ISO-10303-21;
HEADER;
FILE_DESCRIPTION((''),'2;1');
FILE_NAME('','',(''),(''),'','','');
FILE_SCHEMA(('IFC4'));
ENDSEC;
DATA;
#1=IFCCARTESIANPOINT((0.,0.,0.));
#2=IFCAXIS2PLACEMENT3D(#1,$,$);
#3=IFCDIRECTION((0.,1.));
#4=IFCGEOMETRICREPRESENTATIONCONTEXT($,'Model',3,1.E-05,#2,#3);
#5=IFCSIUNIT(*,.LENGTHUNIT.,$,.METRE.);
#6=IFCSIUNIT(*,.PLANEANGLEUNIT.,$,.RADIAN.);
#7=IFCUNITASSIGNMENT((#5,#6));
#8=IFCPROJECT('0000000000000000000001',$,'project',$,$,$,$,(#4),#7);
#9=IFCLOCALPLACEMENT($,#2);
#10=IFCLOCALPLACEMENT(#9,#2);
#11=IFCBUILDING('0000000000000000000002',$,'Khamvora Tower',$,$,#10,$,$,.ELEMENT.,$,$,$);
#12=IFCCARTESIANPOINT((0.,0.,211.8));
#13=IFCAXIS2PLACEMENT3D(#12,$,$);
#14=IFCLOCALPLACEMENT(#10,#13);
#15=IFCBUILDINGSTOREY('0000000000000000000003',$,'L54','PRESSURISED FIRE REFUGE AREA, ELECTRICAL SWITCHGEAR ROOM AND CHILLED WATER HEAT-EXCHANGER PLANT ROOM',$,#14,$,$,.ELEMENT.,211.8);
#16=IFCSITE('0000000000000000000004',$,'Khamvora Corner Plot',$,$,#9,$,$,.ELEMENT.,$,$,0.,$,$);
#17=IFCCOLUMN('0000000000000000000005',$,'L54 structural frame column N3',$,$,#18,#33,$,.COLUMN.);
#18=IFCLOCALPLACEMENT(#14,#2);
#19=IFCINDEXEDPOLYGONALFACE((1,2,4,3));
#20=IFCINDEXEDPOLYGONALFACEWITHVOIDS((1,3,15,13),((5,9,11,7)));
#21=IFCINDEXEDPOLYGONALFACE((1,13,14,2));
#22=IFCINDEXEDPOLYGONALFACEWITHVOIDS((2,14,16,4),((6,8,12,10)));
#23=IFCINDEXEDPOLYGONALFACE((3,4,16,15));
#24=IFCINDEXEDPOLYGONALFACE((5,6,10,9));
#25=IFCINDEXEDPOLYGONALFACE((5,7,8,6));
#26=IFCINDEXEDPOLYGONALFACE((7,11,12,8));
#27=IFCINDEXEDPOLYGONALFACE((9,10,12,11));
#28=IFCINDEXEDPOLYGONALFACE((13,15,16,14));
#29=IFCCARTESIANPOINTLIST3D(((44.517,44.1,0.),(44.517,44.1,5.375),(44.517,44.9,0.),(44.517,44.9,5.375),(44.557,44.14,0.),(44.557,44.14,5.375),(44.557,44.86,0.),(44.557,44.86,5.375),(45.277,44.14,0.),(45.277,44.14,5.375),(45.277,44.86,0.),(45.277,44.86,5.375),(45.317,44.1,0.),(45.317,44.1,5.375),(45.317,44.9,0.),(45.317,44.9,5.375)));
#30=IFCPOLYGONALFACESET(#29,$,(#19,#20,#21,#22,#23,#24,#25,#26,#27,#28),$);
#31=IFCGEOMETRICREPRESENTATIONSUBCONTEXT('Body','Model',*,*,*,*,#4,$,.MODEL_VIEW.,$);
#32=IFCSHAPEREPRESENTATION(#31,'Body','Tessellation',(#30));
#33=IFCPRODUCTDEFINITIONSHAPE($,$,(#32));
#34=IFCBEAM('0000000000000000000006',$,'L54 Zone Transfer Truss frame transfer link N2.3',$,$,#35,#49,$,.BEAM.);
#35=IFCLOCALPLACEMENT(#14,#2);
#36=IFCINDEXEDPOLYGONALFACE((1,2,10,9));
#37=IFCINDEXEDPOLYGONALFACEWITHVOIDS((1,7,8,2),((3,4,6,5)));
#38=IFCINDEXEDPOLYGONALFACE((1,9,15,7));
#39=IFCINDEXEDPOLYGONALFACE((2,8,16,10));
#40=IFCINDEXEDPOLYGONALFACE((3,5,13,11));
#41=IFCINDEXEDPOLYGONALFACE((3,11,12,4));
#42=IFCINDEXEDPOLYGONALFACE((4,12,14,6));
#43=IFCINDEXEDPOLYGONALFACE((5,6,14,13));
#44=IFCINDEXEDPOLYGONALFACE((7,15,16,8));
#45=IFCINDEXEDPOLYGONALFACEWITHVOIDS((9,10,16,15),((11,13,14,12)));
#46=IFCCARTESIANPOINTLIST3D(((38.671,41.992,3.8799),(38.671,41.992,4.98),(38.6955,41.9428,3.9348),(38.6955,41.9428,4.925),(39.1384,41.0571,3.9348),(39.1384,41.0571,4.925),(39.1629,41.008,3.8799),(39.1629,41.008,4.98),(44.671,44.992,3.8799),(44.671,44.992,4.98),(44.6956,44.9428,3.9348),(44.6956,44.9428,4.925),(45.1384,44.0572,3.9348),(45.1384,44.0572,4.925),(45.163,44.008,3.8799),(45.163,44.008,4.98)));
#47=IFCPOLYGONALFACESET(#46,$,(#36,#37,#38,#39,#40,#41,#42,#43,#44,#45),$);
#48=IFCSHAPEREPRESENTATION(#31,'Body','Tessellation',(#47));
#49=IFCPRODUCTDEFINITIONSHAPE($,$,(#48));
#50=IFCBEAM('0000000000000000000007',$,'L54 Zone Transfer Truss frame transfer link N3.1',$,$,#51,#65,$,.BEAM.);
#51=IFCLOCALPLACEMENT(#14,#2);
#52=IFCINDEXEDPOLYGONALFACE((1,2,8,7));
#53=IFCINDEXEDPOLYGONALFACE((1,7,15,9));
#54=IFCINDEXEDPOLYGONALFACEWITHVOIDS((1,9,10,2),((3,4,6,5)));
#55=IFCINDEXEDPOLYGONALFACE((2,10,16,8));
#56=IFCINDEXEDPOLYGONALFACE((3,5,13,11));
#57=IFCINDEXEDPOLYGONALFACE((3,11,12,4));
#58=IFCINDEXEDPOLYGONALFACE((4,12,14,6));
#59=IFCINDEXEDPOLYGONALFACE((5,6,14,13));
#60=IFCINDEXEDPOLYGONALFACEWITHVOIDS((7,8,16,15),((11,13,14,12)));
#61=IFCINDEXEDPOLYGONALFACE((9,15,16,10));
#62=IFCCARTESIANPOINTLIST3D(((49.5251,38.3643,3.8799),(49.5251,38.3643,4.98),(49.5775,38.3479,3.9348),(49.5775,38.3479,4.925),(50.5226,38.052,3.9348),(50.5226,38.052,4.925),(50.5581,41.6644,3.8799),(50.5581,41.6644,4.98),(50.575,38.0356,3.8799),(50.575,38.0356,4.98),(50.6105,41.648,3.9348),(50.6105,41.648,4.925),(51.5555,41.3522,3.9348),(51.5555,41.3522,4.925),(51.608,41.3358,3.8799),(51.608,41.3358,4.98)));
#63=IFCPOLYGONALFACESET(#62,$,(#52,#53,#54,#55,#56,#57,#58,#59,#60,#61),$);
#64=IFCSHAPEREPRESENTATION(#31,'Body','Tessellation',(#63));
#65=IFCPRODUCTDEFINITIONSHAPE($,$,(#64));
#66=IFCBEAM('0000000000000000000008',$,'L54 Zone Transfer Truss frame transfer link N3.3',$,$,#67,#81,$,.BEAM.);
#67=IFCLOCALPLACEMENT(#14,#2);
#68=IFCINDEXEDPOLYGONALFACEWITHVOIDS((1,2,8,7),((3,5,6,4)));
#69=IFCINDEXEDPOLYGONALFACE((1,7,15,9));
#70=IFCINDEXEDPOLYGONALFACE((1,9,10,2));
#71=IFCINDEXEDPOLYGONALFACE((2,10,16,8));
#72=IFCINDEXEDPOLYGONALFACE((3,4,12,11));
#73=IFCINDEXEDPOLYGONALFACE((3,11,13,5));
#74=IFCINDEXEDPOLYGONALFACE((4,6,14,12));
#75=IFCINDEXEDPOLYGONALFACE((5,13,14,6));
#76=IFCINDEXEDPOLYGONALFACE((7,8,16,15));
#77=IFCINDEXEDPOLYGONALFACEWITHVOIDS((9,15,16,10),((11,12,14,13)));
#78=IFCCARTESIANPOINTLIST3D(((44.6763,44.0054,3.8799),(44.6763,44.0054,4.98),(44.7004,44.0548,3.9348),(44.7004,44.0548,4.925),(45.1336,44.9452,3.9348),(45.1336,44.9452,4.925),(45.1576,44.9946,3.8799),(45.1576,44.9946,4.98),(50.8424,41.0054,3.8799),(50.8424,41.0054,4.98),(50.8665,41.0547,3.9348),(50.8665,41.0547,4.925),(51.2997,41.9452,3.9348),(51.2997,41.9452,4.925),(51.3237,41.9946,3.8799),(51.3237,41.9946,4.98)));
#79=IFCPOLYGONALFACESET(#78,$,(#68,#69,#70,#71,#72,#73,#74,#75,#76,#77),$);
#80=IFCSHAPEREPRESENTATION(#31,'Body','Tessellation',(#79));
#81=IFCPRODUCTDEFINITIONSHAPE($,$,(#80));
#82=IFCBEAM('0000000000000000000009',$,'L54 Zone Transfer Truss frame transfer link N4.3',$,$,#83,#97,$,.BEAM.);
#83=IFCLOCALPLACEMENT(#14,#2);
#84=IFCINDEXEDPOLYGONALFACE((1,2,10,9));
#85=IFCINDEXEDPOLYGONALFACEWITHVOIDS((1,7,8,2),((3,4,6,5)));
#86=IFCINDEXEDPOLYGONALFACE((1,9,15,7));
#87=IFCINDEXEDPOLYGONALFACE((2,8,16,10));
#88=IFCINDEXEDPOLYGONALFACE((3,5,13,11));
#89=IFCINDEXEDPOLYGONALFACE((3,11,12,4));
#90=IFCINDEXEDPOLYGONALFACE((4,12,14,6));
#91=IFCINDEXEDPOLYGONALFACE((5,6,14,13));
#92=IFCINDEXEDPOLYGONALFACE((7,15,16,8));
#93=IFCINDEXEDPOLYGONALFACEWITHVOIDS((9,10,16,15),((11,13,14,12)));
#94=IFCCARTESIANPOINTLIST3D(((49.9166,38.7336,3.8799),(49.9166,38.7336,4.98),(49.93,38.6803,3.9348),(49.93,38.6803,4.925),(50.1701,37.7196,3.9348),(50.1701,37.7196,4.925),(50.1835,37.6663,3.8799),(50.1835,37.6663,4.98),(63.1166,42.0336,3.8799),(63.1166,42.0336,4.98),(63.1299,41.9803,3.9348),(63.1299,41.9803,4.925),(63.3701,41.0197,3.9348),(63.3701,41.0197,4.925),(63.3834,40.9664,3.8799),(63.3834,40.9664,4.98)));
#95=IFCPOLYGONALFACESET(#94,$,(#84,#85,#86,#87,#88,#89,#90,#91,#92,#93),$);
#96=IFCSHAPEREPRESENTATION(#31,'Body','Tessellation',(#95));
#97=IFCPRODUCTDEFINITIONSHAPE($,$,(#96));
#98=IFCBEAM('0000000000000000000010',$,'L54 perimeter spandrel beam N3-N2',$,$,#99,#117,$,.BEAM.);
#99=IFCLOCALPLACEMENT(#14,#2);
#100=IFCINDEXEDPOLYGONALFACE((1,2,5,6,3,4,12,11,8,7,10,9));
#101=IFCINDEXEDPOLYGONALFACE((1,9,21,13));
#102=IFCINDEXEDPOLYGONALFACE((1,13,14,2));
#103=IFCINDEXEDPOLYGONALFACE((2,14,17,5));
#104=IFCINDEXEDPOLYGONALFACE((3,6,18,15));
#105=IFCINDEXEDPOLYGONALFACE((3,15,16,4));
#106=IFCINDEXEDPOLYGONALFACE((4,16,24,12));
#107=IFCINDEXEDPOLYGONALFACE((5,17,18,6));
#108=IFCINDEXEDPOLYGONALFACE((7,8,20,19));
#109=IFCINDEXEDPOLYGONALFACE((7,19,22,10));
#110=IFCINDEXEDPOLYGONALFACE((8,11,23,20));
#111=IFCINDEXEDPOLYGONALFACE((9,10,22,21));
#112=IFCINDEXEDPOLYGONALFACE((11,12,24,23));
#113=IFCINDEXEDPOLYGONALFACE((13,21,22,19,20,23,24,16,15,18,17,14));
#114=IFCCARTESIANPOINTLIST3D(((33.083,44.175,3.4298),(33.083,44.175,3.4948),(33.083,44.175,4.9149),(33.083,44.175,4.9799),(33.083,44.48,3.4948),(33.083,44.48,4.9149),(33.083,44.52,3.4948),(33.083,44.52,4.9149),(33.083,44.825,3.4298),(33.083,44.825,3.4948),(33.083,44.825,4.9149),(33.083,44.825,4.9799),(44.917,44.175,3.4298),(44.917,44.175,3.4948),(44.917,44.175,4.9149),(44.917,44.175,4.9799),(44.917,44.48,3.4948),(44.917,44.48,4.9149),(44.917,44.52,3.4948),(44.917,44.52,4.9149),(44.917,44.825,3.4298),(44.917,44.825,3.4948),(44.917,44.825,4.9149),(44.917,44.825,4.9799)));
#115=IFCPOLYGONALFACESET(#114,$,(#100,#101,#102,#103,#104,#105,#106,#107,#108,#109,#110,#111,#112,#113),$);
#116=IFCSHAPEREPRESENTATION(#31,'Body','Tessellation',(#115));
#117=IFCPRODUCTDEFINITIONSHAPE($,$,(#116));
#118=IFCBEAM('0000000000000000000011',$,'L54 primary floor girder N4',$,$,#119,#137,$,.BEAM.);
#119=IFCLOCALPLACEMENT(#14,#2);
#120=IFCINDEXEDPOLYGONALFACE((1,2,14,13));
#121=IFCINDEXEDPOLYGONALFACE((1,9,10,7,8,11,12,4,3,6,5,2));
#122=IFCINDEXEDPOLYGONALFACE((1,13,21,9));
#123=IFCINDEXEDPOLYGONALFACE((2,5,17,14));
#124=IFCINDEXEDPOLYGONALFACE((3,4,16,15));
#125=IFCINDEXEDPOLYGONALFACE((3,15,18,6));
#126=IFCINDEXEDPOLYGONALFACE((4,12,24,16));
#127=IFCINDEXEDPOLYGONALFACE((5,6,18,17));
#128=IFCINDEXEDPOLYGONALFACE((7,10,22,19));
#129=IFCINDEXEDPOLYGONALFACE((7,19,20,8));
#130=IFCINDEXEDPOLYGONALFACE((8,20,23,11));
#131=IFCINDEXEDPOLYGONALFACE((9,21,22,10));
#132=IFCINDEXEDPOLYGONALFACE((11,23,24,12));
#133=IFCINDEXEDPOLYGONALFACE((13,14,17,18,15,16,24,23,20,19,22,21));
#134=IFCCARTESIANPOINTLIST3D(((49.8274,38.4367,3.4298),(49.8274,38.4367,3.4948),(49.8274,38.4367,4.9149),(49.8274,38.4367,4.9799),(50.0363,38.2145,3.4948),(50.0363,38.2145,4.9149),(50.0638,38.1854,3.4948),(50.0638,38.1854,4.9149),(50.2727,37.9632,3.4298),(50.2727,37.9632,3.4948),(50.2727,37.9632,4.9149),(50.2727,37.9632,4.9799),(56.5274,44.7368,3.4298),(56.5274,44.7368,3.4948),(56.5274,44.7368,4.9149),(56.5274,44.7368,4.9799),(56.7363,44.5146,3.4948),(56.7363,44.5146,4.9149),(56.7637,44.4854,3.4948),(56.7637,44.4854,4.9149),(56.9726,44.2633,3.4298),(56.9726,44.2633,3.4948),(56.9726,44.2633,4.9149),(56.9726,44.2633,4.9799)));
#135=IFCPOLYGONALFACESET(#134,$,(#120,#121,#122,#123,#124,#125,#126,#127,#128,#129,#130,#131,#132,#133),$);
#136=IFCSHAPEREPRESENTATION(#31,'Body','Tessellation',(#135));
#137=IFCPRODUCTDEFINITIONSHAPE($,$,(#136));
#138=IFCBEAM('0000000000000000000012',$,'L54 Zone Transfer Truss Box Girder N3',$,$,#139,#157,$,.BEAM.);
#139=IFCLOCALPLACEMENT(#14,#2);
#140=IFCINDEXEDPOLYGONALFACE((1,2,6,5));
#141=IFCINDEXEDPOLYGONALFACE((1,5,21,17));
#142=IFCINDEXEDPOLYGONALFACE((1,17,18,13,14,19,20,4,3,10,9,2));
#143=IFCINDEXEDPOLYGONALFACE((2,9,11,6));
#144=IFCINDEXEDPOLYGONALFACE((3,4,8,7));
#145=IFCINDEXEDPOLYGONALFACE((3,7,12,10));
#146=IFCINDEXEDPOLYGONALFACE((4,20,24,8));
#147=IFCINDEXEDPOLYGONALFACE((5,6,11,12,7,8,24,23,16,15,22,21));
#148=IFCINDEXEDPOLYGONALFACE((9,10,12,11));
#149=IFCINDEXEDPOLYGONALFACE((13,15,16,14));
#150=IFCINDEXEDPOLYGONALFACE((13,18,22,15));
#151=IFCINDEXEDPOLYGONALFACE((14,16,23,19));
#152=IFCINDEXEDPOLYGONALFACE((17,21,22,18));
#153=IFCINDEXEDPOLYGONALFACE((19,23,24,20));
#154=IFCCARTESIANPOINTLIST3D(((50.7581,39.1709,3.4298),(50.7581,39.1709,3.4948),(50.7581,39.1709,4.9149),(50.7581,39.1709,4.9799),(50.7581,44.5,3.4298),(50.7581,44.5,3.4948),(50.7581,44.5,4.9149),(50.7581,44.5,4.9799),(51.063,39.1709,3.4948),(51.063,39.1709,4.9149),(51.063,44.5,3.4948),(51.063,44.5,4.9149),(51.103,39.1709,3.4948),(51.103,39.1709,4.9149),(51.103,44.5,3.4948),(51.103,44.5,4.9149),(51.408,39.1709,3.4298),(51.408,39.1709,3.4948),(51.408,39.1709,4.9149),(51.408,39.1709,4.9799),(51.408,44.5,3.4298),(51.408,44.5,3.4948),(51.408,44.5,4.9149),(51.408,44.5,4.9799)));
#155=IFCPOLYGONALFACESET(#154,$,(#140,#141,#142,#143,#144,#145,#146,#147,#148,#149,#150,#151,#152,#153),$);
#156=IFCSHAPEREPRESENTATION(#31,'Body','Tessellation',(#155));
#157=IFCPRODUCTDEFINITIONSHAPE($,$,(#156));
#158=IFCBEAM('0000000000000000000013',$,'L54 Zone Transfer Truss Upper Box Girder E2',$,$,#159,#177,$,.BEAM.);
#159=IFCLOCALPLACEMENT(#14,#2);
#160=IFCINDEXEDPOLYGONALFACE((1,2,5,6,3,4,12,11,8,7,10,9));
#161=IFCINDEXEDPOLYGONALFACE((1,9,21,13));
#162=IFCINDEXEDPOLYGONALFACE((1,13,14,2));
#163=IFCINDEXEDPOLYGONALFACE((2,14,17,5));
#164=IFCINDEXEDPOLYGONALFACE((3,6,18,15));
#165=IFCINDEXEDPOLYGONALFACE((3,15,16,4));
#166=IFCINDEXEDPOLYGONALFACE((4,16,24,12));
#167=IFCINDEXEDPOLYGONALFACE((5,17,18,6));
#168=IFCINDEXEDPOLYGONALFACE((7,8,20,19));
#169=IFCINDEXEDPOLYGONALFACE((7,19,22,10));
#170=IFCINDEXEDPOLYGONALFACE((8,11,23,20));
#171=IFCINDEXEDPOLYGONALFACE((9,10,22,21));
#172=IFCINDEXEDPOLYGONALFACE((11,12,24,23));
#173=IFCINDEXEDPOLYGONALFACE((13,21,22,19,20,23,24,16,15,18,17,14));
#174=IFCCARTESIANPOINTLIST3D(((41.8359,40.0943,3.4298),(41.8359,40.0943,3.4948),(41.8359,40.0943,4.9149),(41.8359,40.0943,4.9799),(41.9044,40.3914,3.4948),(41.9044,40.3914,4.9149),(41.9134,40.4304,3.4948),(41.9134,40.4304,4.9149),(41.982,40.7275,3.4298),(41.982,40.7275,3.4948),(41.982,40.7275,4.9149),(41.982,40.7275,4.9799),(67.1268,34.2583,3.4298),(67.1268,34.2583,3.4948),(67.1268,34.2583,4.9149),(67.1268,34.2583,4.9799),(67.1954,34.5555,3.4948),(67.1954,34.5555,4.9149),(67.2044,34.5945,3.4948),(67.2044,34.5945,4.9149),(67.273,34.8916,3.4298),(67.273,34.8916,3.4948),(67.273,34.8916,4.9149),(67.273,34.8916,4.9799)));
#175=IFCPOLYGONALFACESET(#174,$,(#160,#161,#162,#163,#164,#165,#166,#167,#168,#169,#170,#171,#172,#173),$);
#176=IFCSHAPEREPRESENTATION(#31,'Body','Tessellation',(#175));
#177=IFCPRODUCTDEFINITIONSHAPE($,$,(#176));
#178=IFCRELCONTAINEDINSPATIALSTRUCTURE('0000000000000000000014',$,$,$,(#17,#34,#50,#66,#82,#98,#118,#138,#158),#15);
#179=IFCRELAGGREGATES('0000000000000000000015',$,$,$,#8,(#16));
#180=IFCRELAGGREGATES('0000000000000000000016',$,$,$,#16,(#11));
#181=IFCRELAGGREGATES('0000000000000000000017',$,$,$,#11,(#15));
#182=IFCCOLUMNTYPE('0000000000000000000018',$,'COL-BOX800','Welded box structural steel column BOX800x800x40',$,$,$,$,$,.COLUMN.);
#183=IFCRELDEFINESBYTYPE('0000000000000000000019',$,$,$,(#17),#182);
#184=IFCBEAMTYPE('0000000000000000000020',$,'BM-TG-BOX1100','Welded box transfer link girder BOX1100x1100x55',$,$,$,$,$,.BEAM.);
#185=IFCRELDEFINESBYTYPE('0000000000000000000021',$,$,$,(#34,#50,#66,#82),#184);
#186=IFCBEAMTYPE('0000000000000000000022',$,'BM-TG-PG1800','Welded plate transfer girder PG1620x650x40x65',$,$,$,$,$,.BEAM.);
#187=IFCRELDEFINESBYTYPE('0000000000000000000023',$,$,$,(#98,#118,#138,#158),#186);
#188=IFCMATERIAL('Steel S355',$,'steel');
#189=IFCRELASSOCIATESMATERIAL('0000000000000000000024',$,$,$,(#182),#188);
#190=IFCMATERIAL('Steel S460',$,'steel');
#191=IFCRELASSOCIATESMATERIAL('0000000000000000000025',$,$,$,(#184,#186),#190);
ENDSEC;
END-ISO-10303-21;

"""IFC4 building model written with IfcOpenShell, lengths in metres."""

from ifc_helpers import new_model, si_unit, direction, frame, origin, origin_2d, place, context, subcontext, project, spatial, hollow_rectangle, i_section, extrude, material, material_profile, profile_set, type_object, element, save


model = new_model("IFC4")

# Units and contexts
model_context = context("Model", 3, precision=1e-05, world=origin(), true_north=direction((0.0, 1.0)))
body_context = subcontext(model_context, "Body", "Model", "MODEL_VIEW")
ifc_project = project(units=[si_unit("LENGTHUNIT", "METRE"), si_unit("PLANEANGLEUNIT", "RADIAN")], contexts=[model_context])

# Site, building, storey
site_placement = place(None, origin())
site = spatial("IfcSite", under=ifc_project, at=site_placement, Name="Khamvora Corner Plot", CompositionType="ELEMENT", RefElevation=0.0)
building_placement = place(site_placement, origin())
building = spatial("IfcBuilding", under=site, at=building_placement, Name="Khamvora Tower", CompositionType="ELEMENT")
storey_placement = place(building_placement, frame((0.0, 0.0, 211.8)))
storey = spatial("IfcBuildingStorey", under=building, at=storey_placement, Name="L54", Description="PRESSURISED FIRE REFUGE AREA, ELECTRICAL SWITCHGEAR ROOM AND CHILLED WATER HEAT-EXCHANGER PLANT ROOM", CompositionType="ELEMENT", Elevation=211.8)

# Column
ifc_material_1 = material(Name="Steel S355", Category="steel")
ifc_material_profile_1 = material_profile(ifc_material_1, hollow_rectangle(XDim=0.8, YDim=0.8, WallThickness=0.04, at=origin_2d()), Name="BOX800x800x40")
ifc_profile_set_1 = profile_set([ifc_material_profile_1], Name="Steel S355")
column_type = type_object("IfcColumnType", Name="COL-BOX800", Description="Welded box structural steel column BOX800x800x40", PredefinedType="COLUMN", material=ifc_profile_set_1)
column_placement = place(storey_placement, frame((44.917, 44.5, 0.0), z_axis=(0.0, 0.0, 1.0), x_axis=(1.0, 0.0, 0.0)))
element("IfcColumn", 1, at=column_placement, inside=storey, type_object=column_type, Name="L54 structural frame column N3", PredefinedType="COLUMN", context=body_context, shape_type="SweptSolid", body=[
    extrude(hollow_rectangle(XDim=0.8, YDim=0.8, WallThickness=0.04, at=origin_2d()), origin(), (0.0, 0.0, 1.0), 5.375),
])

# Beams
ifc_material_2 = material(Name="Steel S460", Category="steel")
ifc_material_profile_2 = material_profile(ifc_material_2, hollow_rectangle(XDim=1.1001, YDim=1.1001, WallThickness=0.0549, at=origin_2d()), Name="BOX1100x1100x55")
ifc_profile_set_2 = profile_set([ifc_material_profile_2], Name="Steel S460")
beam_type_1 = type_object("IfcBeamType", Name="BM-TG-BOX1100", Description="Welded box transfer link girder BOX1100x1100x55", PredefinedType="BEAM", material=ifc_profile_set_2)
beam_1_placement = place(storey_placement, frame((44.917, 44.5, 4.4299), z_axis=(-0.894427, -0.447214, 0.0), x_axis=(0.447214, -0.894427, 0.0)))
element("IfcBeam", 2, at=beam_1_placement, inside=storey, type_object=beam_type_1, Name="L54 Zone Transfer Truss frame transfer link N2.3", PredefinedType="BEAM", context=body_context, shape_type="SweptSolid", body=[
    extrude(hollow_rectangle(XDim=1.1001, YDim=1.1001, WallThickness=0.0549, at=origin_2d()), origin(), (0.0, 0.0, 1.0), 6.7083),
])
beam_2_placement = place(storey_placement, frame((50.05, 38.2, 4.4299), z_axis=(0.298721, 0.95434, 0.0), x_axis=(-0.95434, 0.298721, 0.0)))
element("IfcBeam", 3, at=beam_2_placement, inside=storey, type_object=beam_type_1, Name="L54 Zone Transfer Truss frame transfer link N3.1", PredefinedType="BEAM", context=body_context, shape_type="SweptSolid", body=[
    extrude(hollow_rectangle(XDim=1.1001, YDim=1.1001, WallThickness=0.0549, at=origin_2d()), origin(), (0.0, 0.0, 1.0), 3.458),
])
beam_3_placement = place(storey_placement, frame((44.917, 44.5, 4.4299), z_axis=(0.899217, -0.437503, 0.0), x_axis=(0.437503, 0.899217, 0.0)))
element("IfcBeam", 4, at=beam_3_placement, inside=storey, type_object=beam_type_1, Name="L54 Zone Transfer Truss frame transfer link N3.3", PredefinedType="BEAM", context=body_context, shape_type="SweptSolid", body=[
    extrude(hollow_rectangle(XDim=1.1001, YDim=1.1001, WallThickness=0.0549, at=origin_2d()), origin(), (0.0, 0.0, 1.0), 6.8572),
])
beam_4_placement = place(storey_placement, frame((50.05, 38.2, 4.4299), z_axis=(0.970141, 0.24254, 0.0), x_axis=(-0.24254, 0.970141, 0.0)))
element("IfcBeam", 5, at=beam_4_placement, inside=storey, type_object=beam_type_1, Name="L54 Zone Transfer Truss frame transfer link N4.3", PredefinedType="BEAM", context=body_context, shape_type="SweptSolid", body=[
    extrude(hollow_rectangle(XDim=1.1001, YDim=1.1001, WallThickness=0.0549, at=origin_2d()), origin(), (0.0, 0.0, 1.0), 13.6062),
])
ifc_material_profile_3 = material_profile(ifc_material_2, i_section(OverallWidth=0.6499, OverallDepth=1.55, WebThickness=0.04, FlangeThickness=0.0649, at=origin_2d()), Name="PG1550x650x40x65")
ifc_profile_set_3 = profile_set([ifc_material_profile_3], Name="Steel S460")
beam_type_2 = type_object("IfcBeamType", Name="BM-TG-PG1800", Description="Welded plate transfer girder PG1620x650x40x65", PredefinedType="BEAM", material=ifc_profile_set_3)
beam_5_placement = place(storey_placement, frame((44.917, 44.5, 4.2048), z_axis=(-1.0, 0.0, 0.0), x_axis=(0.0, -1.0, 0.0)))
element("IfcBeam", 6, at=beam_5_placement, inside=storey, type_object=beam_type_2, Name="L54 perimeter spandrel beam N3-N2", PredefinedType="BEAM", context=body_context, shape_type="SweptSolid", body=[
    extrude(i_section(OverallWidth=0.6499, OverallDepth=1.55, WebThickness=0.04, FlangeThickness=0.0649, at=origin_2d()), origin(), (0.0, 0.0, 1.0), 11.834),
])
beam_6_placement = place(storey_placement, frame((50.05, 38.2, 4.2048), z_axis=(0.728514, 0.685031, 0.0), x_axis=(-0.685031, 0.728514, 0.0)))
element("IfcBeam", 7, at=beam_6_placement, inside=storey, type_object=beam_type_2, Name="L54 primary floor girder N4", PredefinedType="BEAM", context=body_context, shape_type="SweptSolid", body=[
    extrude(i_section(OverallWidth=0.6499, OverallDepth=1.55, WebThickness=0.04, FlangeThickness=0.0649, at=origin_2d()), origin(), (0.0, 0.0, 1.0), 9.1968),
])
beam_7_placement = place(storey_placement, frame((51.083, 39.1709, 4.2048), z_axis=(0.0, 1.0, 0.0), x_axis=(-1.0, 0.0, 0.0)))
element("IfcBeam", 8, at=beam_7_placement, inside=storey, type_object=beam_type_2, Name="L54 Zone Transfer Truss Box Girder N3", PredefinedType="BEAM", context=body_context, shape_type="SweptSolid", body=[
    extrude(i_section(OverallWidth=0.6499, OverallDepth=1.55, WebThickness=0.04, FlangeThickness=0.0649, at=origin_2d()), origin(), (0.0, 0.0, 1.0), 5.3291),
])
beam_8_placement = place(storey_placement, frame((41.9089, 40.4109, 4.2048), z_axis=(0.974395, -0.224843, 0.0), x_axis=(0.224843, 0.974395, 0.0)))
element("IfcBeam", 9, at=beam_8_placement, inside=storey, type_object=beam_type_2, Name="L54 Zone Transfer Truss Upper Box Girder E2", PredefinedType="BEAM", context=body_context, shape_type="SweptSolid", body=[
    extrude(i_section(OverallWidth=0.6499, OverallDepth=1.55, WebThickness=0.04, FlangeThickness=0.0649, at=origin_2d()), origin(), (0.0, 0.0, 1.0), 25.9556),
])

save(model, "model.ifc")
